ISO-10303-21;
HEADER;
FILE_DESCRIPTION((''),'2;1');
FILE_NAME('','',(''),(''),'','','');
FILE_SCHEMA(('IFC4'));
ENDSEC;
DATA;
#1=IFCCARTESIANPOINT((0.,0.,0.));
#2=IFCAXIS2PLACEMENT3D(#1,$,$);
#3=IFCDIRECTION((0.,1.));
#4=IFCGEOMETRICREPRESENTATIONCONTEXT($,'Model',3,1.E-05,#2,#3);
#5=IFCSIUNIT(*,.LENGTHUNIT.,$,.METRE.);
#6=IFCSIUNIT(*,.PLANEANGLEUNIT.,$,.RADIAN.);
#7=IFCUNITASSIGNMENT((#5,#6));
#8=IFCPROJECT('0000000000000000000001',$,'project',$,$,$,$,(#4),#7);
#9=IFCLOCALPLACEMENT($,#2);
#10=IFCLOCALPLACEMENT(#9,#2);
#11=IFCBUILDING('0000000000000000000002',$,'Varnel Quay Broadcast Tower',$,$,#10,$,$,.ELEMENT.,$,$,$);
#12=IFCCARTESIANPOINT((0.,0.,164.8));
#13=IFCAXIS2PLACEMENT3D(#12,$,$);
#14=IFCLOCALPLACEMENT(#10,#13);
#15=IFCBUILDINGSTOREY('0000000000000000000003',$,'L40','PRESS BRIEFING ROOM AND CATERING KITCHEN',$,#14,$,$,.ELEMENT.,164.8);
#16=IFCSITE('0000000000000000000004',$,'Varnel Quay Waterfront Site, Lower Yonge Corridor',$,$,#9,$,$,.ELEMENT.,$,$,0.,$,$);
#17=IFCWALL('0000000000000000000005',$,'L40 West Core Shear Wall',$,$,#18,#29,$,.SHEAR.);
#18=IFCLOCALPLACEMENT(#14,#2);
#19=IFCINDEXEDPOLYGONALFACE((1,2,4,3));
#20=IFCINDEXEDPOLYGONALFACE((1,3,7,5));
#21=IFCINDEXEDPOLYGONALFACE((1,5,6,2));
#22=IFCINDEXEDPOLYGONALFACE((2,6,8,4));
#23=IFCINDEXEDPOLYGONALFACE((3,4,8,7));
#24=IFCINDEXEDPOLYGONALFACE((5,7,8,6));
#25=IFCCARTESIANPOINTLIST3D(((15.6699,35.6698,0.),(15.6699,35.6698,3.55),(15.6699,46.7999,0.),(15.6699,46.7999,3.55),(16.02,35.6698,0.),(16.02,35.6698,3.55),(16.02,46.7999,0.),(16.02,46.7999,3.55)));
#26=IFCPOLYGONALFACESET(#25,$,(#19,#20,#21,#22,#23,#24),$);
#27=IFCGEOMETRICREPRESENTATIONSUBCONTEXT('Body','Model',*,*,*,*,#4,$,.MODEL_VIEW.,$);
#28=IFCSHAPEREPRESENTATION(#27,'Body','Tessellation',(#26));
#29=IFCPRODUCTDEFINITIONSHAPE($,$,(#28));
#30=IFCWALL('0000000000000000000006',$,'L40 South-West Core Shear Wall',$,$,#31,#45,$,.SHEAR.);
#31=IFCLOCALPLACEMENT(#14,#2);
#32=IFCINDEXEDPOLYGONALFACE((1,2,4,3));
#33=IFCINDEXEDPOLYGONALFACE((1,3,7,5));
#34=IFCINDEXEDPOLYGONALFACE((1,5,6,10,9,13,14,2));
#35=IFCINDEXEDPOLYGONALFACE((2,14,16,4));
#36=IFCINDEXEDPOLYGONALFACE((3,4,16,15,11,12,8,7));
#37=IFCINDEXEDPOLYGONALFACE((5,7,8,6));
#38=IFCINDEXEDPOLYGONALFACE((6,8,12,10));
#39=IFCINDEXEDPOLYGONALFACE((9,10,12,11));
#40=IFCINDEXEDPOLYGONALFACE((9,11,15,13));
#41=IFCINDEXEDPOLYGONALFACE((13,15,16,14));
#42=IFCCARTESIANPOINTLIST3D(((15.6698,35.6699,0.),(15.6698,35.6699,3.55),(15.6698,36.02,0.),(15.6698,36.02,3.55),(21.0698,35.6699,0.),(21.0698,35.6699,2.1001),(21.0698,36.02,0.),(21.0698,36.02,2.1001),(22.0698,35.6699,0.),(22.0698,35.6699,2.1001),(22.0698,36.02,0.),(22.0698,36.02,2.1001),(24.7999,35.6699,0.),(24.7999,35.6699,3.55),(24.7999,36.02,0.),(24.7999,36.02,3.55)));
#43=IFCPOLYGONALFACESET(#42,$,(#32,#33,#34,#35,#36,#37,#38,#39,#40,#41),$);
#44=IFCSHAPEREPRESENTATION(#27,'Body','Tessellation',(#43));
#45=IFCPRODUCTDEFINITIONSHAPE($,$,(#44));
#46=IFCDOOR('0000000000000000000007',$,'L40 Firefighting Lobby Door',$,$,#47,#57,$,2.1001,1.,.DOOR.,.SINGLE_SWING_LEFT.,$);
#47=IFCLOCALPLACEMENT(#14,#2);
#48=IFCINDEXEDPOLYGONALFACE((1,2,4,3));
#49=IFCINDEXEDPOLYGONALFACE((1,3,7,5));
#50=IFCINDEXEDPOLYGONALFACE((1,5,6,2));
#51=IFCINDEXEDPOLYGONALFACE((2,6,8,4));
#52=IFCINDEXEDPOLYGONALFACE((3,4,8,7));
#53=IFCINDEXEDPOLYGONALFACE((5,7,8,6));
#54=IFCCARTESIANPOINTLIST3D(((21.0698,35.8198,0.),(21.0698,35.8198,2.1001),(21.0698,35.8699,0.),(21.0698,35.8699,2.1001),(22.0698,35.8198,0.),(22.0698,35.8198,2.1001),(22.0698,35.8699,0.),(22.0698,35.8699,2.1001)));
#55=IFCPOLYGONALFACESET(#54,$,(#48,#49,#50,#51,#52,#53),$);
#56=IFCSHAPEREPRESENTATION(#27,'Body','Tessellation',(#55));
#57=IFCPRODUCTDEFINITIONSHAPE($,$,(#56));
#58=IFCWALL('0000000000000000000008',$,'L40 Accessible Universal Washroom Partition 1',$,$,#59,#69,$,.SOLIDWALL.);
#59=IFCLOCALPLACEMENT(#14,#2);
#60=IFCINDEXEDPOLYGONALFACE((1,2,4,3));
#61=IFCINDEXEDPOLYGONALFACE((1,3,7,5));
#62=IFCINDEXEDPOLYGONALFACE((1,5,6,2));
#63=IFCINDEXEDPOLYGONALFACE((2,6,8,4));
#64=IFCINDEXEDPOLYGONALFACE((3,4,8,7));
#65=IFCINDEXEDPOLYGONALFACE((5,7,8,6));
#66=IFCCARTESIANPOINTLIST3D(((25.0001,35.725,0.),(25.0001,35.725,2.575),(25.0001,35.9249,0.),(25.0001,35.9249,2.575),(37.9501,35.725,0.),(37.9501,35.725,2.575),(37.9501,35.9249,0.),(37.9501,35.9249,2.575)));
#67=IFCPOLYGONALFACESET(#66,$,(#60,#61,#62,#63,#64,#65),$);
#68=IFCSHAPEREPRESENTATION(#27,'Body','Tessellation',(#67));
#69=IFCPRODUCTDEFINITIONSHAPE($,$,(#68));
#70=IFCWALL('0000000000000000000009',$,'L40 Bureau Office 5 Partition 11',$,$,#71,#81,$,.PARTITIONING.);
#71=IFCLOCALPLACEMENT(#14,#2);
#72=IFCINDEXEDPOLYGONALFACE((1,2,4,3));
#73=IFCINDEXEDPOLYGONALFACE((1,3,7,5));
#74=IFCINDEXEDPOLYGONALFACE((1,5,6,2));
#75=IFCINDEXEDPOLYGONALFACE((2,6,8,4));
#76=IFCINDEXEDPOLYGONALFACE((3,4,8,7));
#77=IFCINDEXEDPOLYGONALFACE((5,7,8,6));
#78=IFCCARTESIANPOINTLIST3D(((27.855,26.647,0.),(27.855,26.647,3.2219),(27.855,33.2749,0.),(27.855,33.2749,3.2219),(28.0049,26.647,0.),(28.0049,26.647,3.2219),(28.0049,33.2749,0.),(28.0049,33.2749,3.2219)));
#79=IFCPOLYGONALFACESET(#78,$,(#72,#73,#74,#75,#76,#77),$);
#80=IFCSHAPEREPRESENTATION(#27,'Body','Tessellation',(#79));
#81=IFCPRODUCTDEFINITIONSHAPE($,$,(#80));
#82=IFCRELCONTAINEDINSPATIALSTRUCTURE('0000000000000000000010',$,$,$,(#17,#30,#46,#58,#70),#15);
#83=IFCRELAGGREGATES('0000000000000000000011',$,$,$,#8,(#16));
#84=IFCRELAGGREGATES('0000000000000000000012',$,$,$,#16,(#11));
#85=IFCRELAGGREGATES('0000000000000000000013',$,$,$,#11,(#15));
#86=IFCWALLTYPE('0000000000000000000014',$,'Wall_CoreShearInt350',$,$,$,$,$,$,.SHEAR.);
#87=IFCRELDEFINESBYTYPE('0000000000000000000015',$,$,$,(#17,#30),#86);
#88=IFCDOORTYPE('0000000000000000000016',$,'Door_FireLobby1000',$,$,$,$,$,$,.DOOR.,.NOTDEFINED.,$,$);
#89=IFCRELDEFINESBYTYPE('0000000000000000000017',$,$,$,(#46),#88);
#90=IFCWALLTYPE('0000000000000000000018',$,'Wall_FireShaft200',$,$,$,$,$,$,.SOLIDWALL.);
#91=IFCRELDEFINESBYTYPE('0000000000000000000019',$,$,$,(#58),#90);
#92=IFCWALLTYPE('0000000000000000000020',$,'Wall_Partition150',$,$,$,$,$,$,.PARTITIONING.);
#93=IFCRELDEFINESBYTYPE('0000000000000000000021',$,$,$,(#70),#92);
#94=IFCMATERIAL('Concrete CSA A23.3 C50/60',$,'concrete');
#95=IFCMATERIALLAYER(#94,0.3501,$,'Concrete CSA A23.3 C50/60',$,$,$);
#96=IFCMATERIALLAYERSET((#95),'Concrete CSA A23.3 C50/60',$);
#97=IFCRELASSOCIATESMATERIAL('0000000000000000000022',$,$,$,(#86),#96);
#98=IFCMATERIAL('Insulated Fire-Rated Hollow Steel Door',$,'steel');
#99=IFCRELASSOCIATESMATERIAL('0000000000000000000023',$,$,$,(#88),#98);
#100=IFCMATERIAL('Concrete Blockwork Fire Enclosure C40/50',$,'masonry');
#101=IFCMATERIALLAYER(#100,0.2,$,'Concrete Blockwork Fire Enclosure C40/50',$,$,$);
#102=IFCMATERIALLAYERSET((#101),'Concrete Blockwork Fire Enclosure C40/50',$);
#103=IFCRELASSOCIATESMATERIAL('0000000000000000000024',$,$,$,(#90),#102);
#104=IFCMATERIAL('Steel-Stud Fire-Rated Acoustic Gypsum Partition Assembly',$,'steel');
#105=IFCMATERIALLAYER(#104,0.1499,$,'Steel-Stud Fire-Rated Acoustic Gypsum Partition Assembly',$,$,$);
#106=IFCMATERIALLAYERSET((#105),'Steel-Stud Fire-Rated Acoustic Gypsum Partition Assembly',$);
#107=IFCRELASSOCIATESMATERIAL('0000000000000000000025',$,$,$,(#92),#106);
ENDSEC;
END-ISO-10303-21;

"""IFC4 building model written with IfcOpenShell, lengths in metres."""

from ifc_helpers import new_model, si_unit, direction, frame, frame_2d, origin, place, context, subcontext, project, spatial, rectangle, extrude, source, transform, mapped, material, layer, layer_set, type_object, type_shapes, element, fill, save


model = new_model("IFC4")

# Units and contexts
model_context = context("Model", 3, precision=1e-05, world=origin(), true_north=direction((0.0, 1.0)))
body_context = subcontext(model_context, "Body", "Model", "MODEL_VIEW")
ifc_project = project(units=[si_unit("LENGTHUNIT", "METRE"), si_unit("PLANEANGLEUNIT", "RADIAN")], contexts=[model_context])

# Site, building, storey
site_placement = place(None, origin())
site = spatial("IfcSite", under=ifc_project, at=site_placement, Name="Varnel Quay Waterfront Site, Lower Yonge Corridor", CompositionType="ELEMENT", RefElevation=0.0)
building_placement = place(site_placement, origin())
building = spatial("IfcBuilding", under=site, at=building_placement, Name="Varnel Quay Broadcast Tower", CompositionType="ELEMENT")
storey_placement = place(building_placement, frame((0.0, 0.0, 164.8)))
storey = spatial("IfcBuildingStorey", under=building, at=storey_placement, Name="L40", Description="PRESS BRIEFING ROOM AND CATERING KITCHEN", CompositionType="ELEMENT", Elevation=164.8)

# Shared definitions
ifc_material_1 = material(Name="Concrete CSA A23.3 C50/60", Category="concrete")

# Shared definitions
ifc_material_2 = material(Name="Insulated Fire-Rated Hollow Steel Door", Category="steel")

# Wall
ifc_layer_1 = layer(ifc_material_1, 0.3501, Name="Concrete CSA A23.3 C50/60")
ifc_layer_set_1 = layer_set([ifc_layer_1], Name="Concrete CSA A23.3 C50/60")
wall_type_1 = type_object("IfcWallType", Name="Wall_CoreShearInt350", PredefinedType="SHEAR", material=ifc_layer_set_1)
wall_1_placement = place(storey_placement, frame((15.845, 35.6699, 0.0), z_axis=(0.0, 0.0, 1.0), x_axis=(0.0, 1.0, 0.0)))
element("IfcWall", 1, at=wall_1_placement, inside=storey, type_object=wall_type_1, Name="L40 West Core Shear Wall", PredefinedType="SHEAR", context=body_context, shape_type="SweptSolid", body=[
    extrude(rectangle(XDim=11.1301, YDim=0.3501, at=frame_2d((5.5649, 0.0))), origin(), (0.0, 0.0, 1.0), 3.55),
])

# Wall, opening, door
wall_2_placement = place(storey_placement, frame((15.6699, 35.845, 0.0), z_axis=(0.0, 0.0, 1.0), x_axis=(1.0, 0.0, 0.0)))
wall_2 = element("IfcWall", 2, at=wall_2_placement, inside=storey, type_object=wall_type_1, Name="L40 South-West Core Shear Wall", PredefinedType="SHEAR", context=body_context, shape_type="SweptSolid", body=[
    extrude(rectangle(XDim=9.1301, YDim=0.3501, at=frame_2d((4.5649, 0.0))), origin(), (0.0, 0.0, 1.0), 3.55),
])
opening_1_placement = place(wall_2_placement, frame((5.3999, 0.0, 0.0)))
opening_1 = element("IfcOpeningElement", 3, at=opening_1_placement, cuts=wall_2, PredefinedType="OPENING", context=body_context, shape_type="SweptSolid", body=[
    extrude(rectangle(XDim=1.0, YDim=2.1001, at=frame_2d((0.5, 1.05))), frame((0.0, 0.1851, 0.0), z_axis=(0.0, -1.0, 0.0), x_axis=(1.0, 0.0, 0.0)), (0.0, 0.0, 1.0), 0.3701),
])
door_type_1 = type_object("IfcDoorType", Name="Door_FireLobby1000", OperationType="NOTDEFINED", PredefinedType="DOOR", material=ifc_material_2)
shared_shape_1 = source(origin(), body_context, "Body", "SweptSolid", [
    extrude(rectangle(XDim=1.0, YDim=2.1001, at=frame_2d((0.5, 1.05))), frame((0.0, 0.0249, 0.0), z_axis=(0.0, -1.0, 0.0), x_axis=(1.0, 0.0, 0.0)), (0.0, 0.0, 1.0), 0.05),
])
type_shapes(door_type_1, [shared_shape_1])
door_1_placement = place(opening_1_placement, origin())
door_1 = element("IfcDoor", 4, at=door_1_placement, inside=storey, type_object=door_type_1, Name="L40 Firefighting Lobby Door", OperationType="SINGLE_SWING_LEFT", OverallHeight=2.1001, OverallWidth=1.0, PredefinedType="DOOR", context=body_context, shape_type="MappedRepresentation", body=[
    mapped(shared_shape_1, transform((0.0, 0.0, 0.0), x_axis=(1.0, 0.0, 0.0), y_axis=(0.0, 1.0, 0.0), z_axis=(0.0, 0.0, 1.0), scale=1.0)),
])
fill(opening_1, door_1)

# Walls
ifc_material_3 = material(Name="Concrete Blockwork Fire Enclosure C40/50", Category="masonry")
ifc_layer_2 = layer(ifc_material_3, 0.2, Name="Concrete Blockwork Fire Enclosure C40/50")
ifc_layer_set_2 = layer_set([ifc_layer_2], Name="Concrete Blockwork Fire Enclosure C40/50")
wall_type_2 = type_object("IfcWallType", Name="Wall_FireShaft200", PredefinedType="SOLIDWALL", material=ifc_layer_set_2)
wall_3_placement = place(storey_placement, frame((25.0, 35.825, 0.0), z_axis=(0.0, 0.0, 1.0), x_axis=(1.0, 0.0, 0.0)))
element("IfcWall", 5, at=wall_3_placement, inside=storey, type_object=wall_type_2, Name="L40 Accessible Universal Washroom Partition 1", PredefinedType="SOLIDWALL", context=body_context, shape_type="SweptSolid", body=[
    extrude(rectangle(XDim=12.95, YDim=0.2, at=frame_2d((6.4751, 0.0))), origin(), (0.0, 0.0, 1.0), 2.575),
])
ifc_material_4 = material(Name="Steel-Stud Fire-Rated Acoustic Gypsum Partition Assembly", Category="steel")
ifc_layer_3 = layer(ifc_material_4, 0.1499, Name="Steel-Stud Fire-Rated Acoustic Gypsum Partition Assembly")
ifc_layer_set_3 = layer_set([ifc_layer_3], Name="Steel-Stud Fire-Rated Acoustic Gypsum Partition Assembly")
wall_type_3 = type_object("IfcWallType", Name="Wall_Partition150", PredefinedType="PARTITIONING", material=ifc_layer_set_3)
wall_4_placement = place(storey_placement, frame((27.9299, 26.647, 0.0), z_axis=(0.0, 0.0, 1.0), x_axis=(0.0, 1.0, 0.0)))
element("IfcWall", 6, at=wall_4_placement, inside=storey, type_object=wall_type_3, Name="L40 Bureau Office 5 Partition 11", PredefinedType="PARTITIONING", context=body_context, shape_type="SweptSolid", body=[
    extrude(rectangle(XDim=6.6279, YDim=0.1499, at=frame_2d((3.314, 0.0))), origin(), (0.0, 0.0, 1.0), 3.2219),
])

save(model, "model.ifc")
